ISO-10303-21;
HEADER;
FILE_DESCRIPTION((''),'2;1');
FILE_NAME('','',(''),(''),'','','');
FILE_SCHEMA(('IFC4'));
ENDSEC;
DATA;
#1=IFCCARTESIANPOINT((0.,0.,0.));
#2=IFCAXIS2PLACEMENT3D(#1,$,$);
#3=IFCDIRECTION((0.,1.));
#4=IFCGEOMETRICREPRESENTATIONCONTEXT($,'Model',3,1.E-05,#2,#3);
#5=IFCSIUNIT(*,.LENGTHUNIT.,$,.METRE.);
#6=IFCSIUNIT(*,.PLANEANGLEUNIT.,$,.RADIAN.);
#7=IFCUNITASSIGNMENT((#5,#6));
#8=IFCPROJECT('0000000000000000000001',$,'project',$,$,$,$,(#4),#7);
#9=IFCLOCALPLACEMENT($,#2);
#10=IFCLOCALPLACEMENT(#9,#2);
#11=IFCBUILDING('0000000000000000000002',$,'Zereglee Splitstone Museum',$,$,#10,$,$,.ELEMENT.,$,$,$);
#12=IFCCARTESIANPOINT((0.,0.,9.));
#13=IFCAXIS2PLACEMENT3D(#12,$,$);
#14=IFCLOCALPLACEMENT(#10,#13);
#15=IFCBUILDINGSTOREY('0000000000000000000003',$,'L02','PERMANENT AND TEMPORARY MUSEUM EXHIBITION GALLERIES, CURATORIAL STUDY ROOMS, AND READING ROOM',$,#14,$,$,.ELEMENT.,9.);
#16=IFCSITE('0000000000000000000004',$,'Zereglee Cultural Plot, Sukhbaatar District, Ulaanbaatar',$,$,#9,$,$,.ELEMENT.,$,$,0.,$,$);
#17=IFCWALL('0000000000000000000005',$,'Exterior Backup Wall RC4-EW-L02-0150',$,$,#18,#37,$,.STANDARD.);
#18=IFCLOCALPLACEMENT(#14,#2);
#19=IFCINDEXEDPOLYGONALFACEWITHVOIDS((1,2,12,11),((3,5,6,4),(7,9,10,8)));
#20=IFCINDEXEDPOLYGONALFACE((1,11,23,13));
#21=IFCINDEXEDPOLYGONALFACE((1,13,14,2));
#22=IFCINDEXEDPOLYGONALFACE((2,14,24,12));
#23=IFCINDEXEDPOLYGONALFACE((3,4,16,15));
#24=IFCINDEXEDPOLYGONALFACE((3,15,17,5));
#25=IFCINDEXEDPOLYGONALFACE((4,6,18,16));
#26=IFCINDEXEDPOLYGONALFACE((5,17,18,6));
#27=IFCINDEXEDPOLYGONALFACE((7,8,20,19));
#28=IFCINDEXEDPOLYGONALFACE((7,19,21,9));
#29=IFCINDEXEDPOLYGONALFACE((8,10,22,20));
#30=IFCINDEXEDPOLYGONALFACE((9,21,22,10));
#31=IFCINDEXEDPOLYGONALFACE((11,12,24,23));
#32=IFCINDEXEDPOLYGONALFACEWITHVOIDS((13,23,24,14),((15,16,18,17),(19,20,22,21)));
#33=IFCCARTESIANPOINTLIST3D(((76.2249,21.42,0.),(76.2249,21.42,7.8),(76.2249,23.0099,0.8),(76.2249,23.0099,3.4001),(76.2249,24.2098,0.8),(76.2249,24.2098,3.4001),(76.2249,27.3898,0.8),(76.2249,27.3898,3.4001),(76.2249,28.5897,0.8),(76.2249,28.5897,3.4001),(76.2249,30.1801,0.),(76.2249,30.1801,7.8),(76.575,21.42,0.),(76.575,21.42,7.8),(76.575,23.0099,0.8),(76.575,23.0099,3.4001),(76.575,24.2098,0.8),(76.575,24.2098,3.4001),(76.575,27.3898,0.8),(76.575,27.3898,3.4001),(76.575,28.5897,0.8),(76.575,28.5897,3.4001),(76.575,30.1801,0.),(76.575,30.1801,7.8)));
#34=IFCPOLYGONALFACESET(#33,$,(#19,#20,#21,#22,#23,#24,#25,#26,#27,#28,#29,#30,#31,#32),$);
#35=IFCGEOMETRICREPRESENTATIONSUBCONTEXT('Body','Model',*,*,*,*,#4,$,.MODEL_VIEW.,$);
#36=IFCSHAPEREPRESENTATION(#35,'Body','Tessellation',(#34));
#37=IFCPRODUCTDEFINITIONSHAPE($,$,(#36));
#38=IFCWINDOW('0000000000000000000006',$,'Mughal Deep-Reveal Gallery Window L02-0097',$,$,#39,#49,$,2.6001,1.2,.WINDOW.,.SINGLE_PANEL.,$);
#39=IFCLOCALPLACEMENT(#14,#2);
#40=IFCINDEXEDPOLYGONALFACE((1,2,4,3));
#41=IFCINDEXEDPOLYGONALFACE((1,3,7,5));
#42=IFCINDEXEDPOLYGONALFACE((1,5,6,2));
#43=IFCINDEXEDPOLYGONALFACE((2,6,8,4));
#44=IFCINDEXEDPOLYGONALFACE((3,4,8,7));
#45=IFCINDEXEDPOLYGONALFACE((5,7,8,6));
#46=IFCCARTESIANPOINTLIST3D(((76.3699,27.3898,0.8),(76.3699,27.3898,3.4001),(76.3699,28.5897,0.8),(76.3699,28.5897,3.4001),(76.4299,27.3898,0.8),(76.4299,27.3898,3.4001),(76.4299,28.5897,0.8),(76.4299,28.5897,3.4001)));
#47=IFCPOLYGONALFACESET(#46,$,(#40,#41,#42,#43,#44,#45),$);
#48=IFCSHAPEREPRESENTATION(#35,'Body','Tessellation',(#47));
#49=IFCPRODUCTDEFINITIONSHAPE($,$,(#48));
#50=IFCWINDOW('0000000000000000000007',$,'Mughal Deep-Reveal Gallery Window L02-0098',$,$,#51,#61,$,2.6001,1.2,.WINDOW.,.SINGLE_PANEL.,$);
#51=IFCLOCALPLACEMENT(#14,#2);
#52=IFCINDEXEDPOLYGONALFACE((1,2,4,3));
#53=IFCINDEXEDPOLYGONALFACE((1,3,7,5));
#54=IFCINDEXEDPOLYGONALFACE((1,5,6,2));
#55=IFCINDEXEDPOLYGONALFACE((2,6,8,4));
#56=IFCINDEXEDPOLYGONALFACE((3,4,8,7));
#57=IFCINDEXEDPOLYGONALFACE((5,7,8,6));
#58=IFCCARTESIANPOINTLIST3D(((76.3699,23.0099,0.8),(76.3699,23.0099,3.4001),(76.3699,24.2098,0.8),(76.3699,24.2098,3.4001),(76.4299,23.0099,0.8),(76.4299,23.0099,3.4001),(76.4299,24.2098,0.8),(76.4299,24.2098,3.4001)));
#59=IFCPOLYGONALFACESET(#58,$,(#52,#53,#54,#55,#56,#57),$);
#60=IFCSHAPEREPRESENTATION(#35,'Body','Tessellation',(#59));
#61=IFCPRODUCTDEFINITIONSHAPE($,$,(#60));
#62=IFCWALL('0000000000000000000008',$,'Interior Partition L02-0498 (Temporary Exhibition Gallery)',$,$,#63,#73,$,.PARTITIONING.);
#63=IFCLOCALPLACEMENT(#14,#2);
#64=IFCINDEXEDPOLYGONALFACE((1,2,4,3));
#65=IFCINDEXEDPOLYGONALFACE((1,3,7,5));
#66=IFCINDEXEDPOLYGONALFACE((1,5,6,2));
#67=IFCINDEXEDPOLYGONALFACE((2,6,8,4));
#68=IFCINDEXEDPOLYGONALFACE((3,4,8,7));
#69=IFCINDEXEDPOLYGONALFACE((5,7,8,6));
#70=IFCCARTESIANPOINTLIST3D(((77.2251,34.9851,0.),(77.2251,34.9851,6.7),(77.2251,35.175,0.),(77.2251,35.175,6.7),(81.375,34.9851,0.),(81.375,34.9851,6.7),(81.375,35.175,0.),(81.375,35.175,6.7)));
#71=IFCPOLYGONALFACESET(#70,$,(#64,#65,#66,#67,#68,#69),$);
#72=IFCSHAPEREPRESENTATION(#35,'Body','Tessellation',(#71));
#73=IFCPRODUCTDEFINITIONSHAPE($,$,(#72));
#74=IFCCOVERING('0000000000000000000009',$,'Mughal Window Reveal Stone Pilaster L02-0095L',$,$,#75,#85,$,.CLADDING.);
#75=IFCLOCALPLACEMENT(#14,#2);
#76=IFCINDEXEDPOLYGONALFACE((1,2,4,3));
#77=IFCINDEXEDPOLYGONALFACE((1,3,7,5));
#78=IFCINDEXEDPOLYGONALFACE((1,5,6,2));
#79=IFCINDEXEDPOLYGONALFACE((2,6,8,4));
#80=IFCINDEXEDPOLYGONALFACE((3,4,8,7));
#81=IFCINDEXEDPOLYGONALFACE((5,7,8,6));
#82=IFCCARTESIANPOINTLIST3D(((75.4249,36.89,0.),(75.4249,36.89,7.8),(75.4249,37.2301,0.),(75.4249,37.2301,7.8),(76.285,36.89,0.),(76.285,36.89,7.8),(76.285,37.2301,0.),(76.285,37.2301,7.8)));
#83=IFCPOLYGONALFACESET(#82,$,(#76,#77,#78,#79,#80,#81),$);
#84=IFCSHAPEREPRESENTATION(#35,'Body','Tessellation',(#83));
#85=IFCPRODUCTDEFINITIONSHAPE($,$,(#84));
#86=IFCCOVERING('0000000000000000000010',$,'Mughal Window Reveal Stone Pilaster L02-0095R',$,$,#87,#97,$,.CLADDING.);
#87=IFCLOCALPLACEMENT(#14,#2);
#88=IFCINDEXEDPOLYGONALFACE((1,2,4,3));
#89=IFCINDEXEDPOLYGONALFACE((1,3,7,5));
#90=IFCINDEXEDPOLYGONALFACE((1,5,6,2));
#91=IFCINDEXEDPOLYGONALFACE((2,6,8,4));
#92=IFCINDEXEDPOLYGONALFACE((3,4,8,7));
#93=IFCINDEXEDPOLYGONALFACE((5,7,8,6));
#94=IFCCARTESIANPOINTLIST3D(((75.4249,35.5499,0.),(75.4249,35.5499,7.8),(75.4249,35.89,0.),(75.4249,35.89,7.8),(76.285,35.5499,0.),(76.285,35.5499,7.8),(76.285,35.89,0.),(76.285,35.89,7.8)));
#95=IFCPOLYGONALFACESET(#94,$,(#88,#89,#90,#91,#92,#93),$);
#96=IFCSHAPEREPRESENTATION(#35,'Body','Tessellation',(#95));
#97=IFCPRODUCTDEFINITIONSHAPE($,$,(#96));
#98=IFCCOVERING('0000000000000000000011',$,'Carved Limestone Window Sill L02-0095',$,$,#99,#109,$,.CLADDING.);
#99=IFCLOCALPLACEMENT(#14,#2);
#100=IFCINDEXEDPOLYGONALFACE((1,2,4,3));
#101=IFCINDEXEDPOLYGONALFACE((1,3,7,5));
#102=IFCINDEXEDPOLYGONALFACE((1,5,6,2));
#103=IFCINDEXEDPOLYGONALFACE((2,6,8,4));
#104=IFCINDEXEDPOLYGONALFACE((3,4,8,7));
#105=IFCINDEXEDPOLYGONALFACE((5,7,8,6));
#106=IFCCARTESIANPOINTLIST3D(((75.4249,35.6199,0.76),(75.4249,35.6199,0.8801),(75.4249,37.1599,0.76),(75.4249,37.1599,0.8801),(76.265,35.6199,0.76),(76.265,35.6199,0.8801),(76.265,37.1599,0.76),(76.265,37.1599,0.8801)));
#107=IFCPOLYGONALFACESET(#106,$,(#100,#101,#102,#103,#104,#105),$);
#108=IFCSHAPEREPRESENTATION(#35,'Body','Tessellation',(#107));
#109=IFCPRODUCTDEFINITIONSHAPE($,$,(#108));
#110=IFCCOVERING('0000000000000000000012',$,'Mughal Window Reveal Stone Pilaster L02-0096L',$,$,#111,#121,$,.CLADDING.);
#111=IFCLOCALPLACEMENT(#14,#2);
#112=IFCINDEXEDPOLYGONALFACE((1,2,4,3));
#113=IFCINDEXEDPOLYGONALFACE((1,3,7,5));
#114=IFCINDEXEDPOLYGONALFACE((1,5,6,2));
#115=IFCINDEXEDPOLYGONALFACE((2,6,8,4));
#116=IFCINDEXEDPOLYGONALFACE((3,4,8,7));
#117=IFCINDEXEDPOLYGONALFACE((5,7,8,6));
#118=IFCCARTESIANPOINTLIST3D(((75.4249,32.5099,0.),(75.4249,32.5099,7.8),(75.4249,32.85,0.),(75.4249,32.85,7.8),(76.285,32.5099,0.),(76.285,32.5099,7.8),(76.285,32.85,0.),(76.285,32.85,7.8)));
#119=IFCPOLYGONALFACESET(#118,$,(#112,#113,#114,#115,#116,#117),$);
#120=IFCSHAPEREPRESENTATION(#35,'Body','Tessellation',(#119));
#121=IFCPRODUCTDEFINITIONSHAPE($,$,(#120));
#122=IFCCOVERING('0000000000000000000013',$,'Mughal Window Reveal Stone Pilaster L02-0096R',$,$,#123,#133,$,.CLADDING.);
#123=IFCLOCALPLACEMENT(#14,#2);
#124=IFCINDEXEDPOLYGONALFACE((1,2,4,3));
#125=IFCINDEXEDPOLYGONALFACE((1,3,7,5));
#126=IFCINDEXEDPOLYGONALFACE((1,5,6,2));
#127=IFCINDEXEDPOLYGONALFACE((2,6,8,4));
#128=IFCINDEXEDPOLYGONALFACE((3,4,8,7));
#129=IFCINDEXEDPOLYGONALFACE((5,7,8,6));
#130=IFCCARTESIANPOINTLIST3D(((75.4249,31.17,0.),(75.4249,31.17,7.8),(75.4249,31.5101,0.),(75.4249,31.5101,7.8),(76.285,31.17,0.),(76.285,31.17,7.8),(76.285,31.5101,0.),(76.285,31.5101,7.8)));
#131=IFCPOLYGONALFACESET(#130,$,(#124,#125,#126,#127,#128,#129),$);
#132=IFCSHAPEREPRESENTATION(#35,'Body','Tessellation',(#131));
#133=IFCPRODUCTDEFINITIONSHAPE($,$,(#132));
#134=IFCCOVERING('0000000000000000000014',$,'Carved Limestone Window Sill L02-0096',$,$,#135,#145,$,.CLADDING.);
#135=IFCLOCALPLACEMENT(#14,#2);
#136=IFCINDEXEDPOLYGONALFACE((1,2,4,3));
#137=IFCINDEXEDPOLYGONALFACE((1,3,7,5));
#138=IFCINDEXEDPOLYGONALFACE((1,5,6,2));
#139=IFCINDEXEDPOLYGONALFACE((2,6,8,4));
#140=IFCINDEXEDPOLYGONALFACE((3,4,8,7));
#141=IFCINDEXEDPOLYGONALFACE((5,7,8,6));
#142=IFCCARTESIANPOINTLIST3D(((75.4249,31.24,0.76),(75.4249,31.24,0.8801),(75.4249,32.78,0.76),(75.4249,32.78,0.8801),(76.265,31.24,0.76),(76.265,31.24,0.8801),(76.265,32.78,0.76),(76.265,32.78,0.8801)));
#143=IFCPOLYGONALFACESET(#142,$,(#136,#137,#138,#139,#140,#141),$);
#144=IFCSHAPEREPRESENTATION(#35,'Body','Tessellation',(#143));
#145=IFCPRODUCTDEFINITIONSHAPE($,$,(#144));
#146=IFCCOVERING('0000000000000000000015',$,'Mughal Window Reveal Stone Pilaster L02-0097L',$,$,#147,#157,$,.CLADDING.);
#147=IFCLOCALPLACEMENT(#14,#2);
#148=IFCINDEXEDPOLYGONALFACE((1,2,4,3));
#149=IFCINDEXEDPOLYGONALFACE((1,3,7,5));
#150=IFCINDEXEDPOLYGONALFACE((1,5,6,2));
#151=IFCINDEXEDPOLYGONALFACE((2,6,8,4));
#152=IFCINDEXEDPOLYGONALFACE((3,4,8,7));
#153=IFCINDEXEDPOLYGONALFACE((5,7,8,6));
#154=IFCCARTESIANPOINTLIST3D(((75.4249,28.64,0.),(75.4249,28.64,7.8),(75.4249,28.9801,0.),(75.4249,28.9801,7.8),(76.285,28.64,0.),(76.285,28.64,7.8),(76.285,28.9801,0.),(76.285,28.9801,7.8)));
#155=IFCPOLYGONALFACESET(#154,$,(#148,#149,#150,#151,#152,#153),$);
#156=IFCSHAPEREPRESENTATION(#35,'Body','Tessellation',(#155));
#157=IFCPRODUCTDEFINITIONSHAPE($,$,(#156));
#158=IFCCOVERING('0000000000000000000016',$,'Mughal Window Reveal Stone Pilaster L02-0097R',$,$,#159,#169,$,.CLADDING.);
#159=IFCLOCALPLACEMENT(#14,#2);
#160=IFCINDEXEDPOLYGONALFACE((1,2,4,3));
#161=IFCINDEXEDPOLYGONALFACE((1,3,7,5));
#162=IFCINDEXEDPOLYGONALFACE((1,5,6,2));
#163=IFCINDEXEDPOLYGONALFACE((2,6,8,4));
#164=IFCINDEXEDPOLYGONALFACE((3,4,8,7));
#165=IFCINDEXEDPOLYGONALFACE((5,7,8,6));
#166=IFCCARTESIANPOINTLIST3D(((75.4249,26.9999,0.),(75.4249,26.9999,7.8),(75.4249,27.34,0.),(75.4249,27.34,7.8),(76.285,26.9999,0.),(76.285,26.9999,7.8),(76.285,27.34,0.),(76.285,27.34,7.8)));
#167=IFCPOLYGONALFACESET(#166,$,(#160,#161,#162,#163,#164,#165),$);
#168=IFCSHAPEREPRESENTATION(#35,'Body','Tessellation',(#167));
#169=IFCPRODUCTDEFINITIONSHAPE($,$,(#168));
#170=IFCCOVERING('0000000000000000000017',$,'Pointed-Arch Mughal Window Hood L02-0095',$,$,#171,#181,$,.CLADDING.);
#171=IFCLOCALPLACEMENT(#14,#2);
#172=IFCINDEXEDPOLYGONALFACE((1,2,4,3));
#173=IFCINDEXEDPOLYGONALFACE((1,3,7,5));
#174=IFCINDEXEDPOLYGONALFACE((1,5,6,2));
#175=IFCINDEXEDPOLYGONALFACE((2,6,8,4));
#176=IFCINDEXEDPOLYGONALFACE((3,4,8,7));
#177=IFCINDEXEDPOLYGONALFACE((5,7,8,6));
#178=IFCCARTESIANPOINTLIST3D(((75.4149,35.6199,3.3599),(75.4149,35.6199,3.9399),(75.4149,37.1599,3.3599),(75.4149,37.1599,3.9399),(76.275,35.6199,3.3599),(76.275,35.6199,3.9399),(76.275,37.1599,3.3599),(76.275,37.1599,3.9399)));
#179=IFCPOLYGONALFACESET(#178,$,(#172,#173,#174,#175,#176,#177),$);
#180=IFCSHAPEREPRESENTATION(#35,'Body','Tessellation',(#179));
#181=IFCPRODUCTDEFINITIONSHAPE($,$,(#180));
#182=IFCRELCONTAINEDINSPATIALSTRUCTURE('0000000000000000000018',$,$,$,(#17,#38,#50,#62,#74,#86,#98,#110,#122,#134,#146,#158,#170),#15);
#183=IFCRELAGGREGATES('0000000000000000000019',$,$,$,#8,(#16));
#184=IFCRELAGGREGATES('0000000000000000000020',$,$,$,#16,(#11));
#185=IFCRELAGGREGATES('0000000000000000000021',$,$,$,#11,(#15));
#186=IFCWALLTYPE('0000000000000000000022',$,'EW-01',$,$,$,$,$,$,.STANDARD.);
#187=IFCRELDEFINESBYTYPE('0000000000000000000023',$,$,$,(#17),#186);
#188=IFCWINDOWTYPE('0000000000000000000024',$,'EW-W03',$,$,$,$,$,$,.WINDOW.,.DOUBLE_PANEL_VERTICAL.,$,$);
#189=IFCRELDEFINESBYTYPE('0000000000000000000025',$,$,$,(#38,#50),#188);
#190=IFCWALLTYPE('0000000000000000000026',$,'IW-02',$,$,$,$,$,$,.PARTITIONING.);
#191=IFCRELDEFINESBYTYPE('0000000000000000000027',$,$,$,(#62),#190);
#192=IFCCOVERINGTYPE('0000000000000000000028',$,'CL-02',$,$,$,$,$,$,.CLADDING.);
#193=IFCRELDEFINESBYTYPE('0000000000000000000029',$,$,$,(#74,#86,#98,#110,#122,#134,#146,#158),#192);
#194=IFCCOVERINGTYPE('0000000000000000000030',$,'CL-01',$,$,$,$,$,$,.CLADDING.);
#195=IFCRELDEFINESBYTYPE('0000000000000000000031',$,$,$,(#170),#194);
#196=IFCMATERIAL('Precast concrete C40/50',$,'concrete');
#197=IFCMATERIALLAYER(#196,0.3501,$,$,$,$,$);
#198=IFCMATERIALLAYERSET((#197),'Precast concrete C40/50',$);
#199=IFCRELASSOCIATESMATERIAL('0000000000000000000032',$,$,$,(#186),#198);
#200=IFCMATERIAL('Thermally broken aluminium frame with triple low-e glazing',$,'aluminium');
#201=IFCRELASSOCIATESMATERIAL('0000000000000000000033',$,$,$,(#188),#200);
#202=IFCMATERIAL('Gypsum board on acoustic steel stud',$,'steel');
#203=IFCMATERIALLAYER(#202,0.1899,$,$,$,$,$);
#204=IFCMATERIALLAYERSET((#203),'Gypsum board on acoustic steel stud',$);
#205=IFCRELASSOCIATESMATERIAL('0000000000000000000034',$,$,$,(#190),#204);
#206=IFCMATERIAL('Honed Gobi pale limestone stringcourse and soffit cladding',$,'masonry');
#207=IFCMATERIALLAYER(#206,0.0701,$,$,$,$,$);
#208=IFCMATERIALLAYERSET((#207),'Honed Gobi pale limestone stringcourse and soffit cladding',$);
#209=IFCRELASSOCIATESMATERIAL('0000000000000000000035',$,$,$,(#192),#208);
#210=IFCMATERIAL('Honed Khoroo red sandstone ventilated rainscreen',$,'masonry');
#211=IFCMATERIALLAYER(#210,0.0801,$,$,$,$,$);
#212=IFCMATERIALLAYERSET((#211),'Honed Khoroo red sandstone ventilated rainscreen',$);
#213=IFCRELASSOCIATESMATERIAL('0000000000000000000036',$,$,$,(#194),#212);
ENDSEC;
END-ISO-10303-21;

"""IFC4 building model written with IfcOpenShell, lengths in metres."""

from ifc_helpers import new_model, si_unit, direction, frame, frame_2d, origin, origin_2d, place, context, subcontext, project, spatial, rectangle, extrude, material, layer, layer_set, type_object, element, fill, save


model = new_model("IFC4")

# Units and contexts
model_context = context("Model", 3, precision=1e-05, world=origin(), true_north=direction((0.0, 1.0)))
body_context = subcontext(model_context, "Body", "Model", "MODEL_VIEW")
ifc_project = project(units=[si_unit("LENGTHUNIT", "METRE"), si_unit("PLANEANGLEUNIT", "RADIAN")], contexts=[model_context])

# Site, building, storey
site_placement = place(None, origin())
site = spatial("IfcSite", under=ifc_project, at=site_placement, Name="Zereglee Cultural Plot, Sukhbaatar District, Ulaanbaatar", CompositionType="ELEMENT", RefElevation=0.0)
building_placement = place(site_placement, origin())
building = spatial("IfcBuilding", under=site, at=building_placement, Name="Zereglee Splitstone Museum", CompositionType="ELEMENT")
storey_placement = place(building_placement, frame((0.0, 0.0, 9.0)))
storey = spatial("IfcBuildingStorey", under=building, at=storey_placement, Name="L02", Description="PERMANENT AND TEMPORARY MUSEUM EXHIBITION GALLERIES, CURATORIAL STUDY ROOMS, AND READING ROOM", CompositionType="ELEMENT", Elevation=9.0)

# Wall, openings, windows
ifc_material_1 = material(Name="Precast concrete C40/50", Category="concrete")
ifc_layer_1 = layer(ifc_material_1, 0.3501)
ifc_layer_set_1 = layer_set([ifc_layer_1], Name="Precast concrete C40/50")
wall_type_1 = type_object("IfcWallType", Name="EW-01", PredefinedType="STANDARD", material=ifc_layer_set_1)
wall_1_placement = place(storey_placement, frame((76.3999, 30.1799, 0.0), z_axis=(0.0, 0.0, 1.0), x_axis=(0.0, -1.0, 0.0)))
wall_1 = element("IfcWall", 1, at=wall_1_placement, inside=storey, type_object=wall_type_1, Name="Exterior Backup Wall RC4-EW-L02-0150", PredefinedType="STANDARD", context=body_context, shape_type="SweptSolid", body=[
    extrude(rectangle(XDim=8.76, YDim=0.3501, at=frame_2d((4.3799, 0.0))), origin(), (0.0, 0.0, 1.0), 7.8),
])
opening_1_placement = place(wall_1_placement, frame((1.5901, 0.0, 0.8)))
opening_1 = element("IfcOpeningElement", 2, at=opening_1_placement, cuts=wall_1, PredefinedType="OPENING", context=body_context, shape_type="SweptSolid", body=[
    extrude(rectangle(XDim=1.2, YDim=2.6001, at=frame_2d((0.6001, 1.3))), frame((0.0, 0.1899, 0.0), z_axis=(0.0, -1.0, 0.0), x_axis=(1.0, 0.0, 0.0)), (0.0, 0.0, 1.0), 0.3799),
])
opening_2_placement = place(wall_1_placement, frame((5.97, 0.0, 0.8)))
opening_2 = element("IfcOpeningElement", 3, at=opening_2_placement, cuts=wall_1, PredefinedType="OPENING", context=body_context, shape_type="SweptSolid", body=[
    extrude(rectangle(XDim=1.2, YDim=2.6001, at=frame_2d((0.6001, 1.3))), frame((0.0, 0.1899, 0.0), z_axis=(0.0, -1.0, 0.0), x_axis=(1.0, 0.0, 0.0)), (0.0, 0.0, 1.0), 0.3799),
])
ifc_material_2 = material(Name="Thermally broken aluminium frame with triple low-e glazing", Category="aluminium")
window_type = type_object("IfcWindowType", Name="EW-W03", PartitioningType="DOUBLE_PANEL_VERTICAL", PredefinedType="WINDOW", material=ifc_material_2)
window_1_placement = place(opening_1_placement, origin())
window_1 = element("IfcWindow", 4, at=window_1_placement, inside=storey, type_object=window_type, Name="Mughal Deep-Reveal Gallery Window L02-0097", OverallHeight=2.6001, OverallWidth=1.2, PartitioningType="SINGLE_PANEL", PredefinedType="WINDOW", context=body_context, shape_type="SweptSolid", body=[
    extrude(rectangle(XDim=1.2, YDim=2.6001, at=frame_2d((0.6001, 1.3))), frame((0.0, 0.03, 0.0), z_axis=(0.0, -1.0, 0.0), x_axis=(1.0, 0.0, 0.0)), (0.0, 0.0, 1.0), 0.0601),
])
fill(opening_1, window_1)
window_2_placement = place(opening_2_placement, origin())
window_2 = element("IfcWindow", 5, at=window_2_placement, inside=storey, type_object=window_type, Name="Mughal Deep-Reveal Gallery Window L02-0098", OverallHeight=2.6001, OverallWidth=1.2, PartitioningType="SINGLE_PANEL", PredefinedType="WINDOW", context=body_context, shape_type="SweptSolid", body=[
    extrude(rectangle(XDim=1.2, YDim=2.6001, at=frame_2d((0.6001, 1.3))), frame((0.0, 0.03, 0.0), z_axis=(0.0, -1.0, 0.0), x_axis=(1.0, 0.0, 0.0)), (0.0, 0.0, 1.0), 0.0601),
])
fill(opening_2, window_2)

# Wall
ifc_material_3 = material(Name="Gypsum board on acoustic steel stud", Category="steel")
ifc_layer_2 = layer(ifc_material_3, 0.1899)
ifc_layer_set_2 = layer_set([ifc_layer_2], Name="Gypsum board on acoustic steel stud")
wall_type_2 = type_object("IfcWallType", Name="IW-02", PredefinedType="PARTITIONING", material=ifc_layer_set_2)
wall_2_placement = place(storey_placement, frame((77.2251, 35.0801, 0.0), z_axis=(0.0, 0.0, 1.0), x_axis=(1.0, 0.0, 0.0)))
element("IfcWall", 6, at=wall_2_placement, inside=storey, type_object=wall_type_2, Name="Interior Partition L02-0498 (Temporary Exhibition Gallery)", PredefinedType="PARTITIONING", context=body_context, shape_type="SweptSolid", body=[
    extrude(rectangle(XDim=4.1499, YDim=0.1899, at=frame_2d((2.075, 0.0))), origin(), (0.0, 0.0, 1.0), 6.7),
])

# Coverings
ifc_material_4 = material(Name="Honed Gobi pale limestone stringcourse and soffit cladding", Category="masonry")
ifc_layer_3 = layer(ifc_material_4, 0.0701)
ifc_layer_set_3 = layer_set([ifc_layer_3], Name="Honed Gobi pale limestone stringcourse and soffit cladding")
covering_type_1 = type_object("IfcCoveringType", Name="CL-02", PredefinedType="CLADDING", material=ifc_layer_set_3)
for number, where, z_axis, x_axis, name in (
    (7, (75.855, 37.0601, 0.0), (0.0, 0.0, 1.0), (0.0, -1.0, 0.0), "Mughal Window Reveal Stone Pilaster L02-0095L"),
    (8, (75.855, 35.72, 0.0), (0.0, 0.0, 1.0), (0.0, -1.0, 0.0), "Mughal Window Reveal Stone Pilaster L02-0095R"),
):
    element("IfcCovering", number, at=place(storey_placement, frame(where, z_axis=z_axis, x_axis=x_axis)), inside=storey, type_object=covering_type_1, Name=name, PredefinedType="CLADDING", context=body_context, shape_type="SweptSolid", body=[
        extrude(rectangle(XDim=0.3401, YDim=0.8601, at=origin_2d()), origin(), (0.0, 0.0, 1.0), 7.8),
    ])
covering_1_placement = place(storey_placement, frame((75.845, 36.3899, 0.76), z_axis=(0.0, 0.0, 1.0), x_axis=(0.0, -1.0, 0.0)))
element("IfcCovering", 9, at=covering_1_placement, inside=storey, type_object=covering_type_1, Name="Carved Limestone Window Sill L02-0095", PredefinedType="CLADDING", context=body_context, shape_type="SweptSolid", body=[
    extrude(rectangle(XDim=1.54, YDim=0.8401, at=origin_2d()), origin(), (0.0, 0.0, 1.0), 0.1201),
])
for number, where, z_axis, x_axis, name in (
    (10, (75.855, 32.6799, 0.0), (0.0, 0.0, 1.0), (0.0, -1.0, 0.0), "Mughal Window Reveal Stone Pilaster L02-0096L"),
    (11, (75.855, 31.3401, 0.0), (0.0, 0.0, 1.0), (0.0, -1.0, 0.0), "Mughal Window Reveal Stone Pilaster L02-0096R"),
):
    element("IfcCovering", number, at=place(storey_placement, frame(where, z_axis=z_axis, x_axis=x_axis)), inside=storey, type_object=covering_type_1, Name=name, PredefinedType="CLADDING", context=body_context, shape_type="SweptSolid", body=[
        extrude(rectangle(XDim=0.3401, YDim=0.8601, at=origin_2d()), origin(), (0.0, 0.0, 1.0), 7.8),
    ])
covering_2_placement = place(storey_placement, frame((75.845, 32.01, 0.76), z_axis=(0.0, 0.0, 1.0), x_axis=(0.0, -1.0, 0.0)))
element("IfcCovering", 12, at=covering_2_placement, inside=storey, type_object=covering_type_1, Name="Carved Limestone Window Sill L02-0096", PredefinedType="CLADDING", context=body_context, shape_type="SweptSolid", body=[
    extrude(rectangle(XDim=1.54, YDim=0.8401, at=origin_2d()), origin(), (0.0, 0.0, 1.0), 0.1201),
])
for number, where, z_axis, x_axis, name in (
    (13, (75.855, 28.8101, 0.0), (0.0, 0.0, 1.0), (0.0, -1.0, 0.0), "Mughal Window Reveal Stone Pilaster L02-0097L"),
    (14, (75.855, 27.1699, 0.0), (0.0, 0.0, 1.0), (0.0, -1.0, 0.0), "Mughal Window Reveal Stone Pilaster L02-0097R"),
):
    element("IfcCovering", number, at=place(storey_placement, frame(where, z_axis=z_axis, x_axis=x_axis)), inside=storey, type_object=covering_type_1, Name=name, PredefinedType="CLADDING", context=body_context, shape_type="SweptSolid", body=[
        extrude(rectangle(XDim=0.3401, YDim=0.8601, at=origin_2d()), origin(), (0.0, 0.0, 1.0), 7.8),
    ])
ifc_material_5 = material(Name="Honed Khoroo red sandstone ventilated rainscreen", Category="masonry")
ifc_layer_4 = layer(ifc_material_5, 0.0801)
ifc_layer_set_4 = layer_set([ifc_layer_4], Name="Honed Khoroo red sandstone ventilated rainscreen")
covering_type_2 = type_object("IfcCoveringType", Name="CL-01", PredefinedType="CLADDING", material=ifc_layer_set_4)
covering_3_placement = place(storey_placement, frame((75.845, 36.3899, 3.3599), z_axis=(0.0, 0.0, 1.0), x_axis=(0.0, -1.0, 0.0)))
element("IfcCovering", 15, at=covering_3_placement, inside=storey, type_object=covering_type_2, Name="Pointed-Arch Mughal Window Hood L02-0095", PredefinedType="CLADDING", context=body_context, shape_type="SweptSolid", body=[
    extrude(rectangle(XDim=1.54, YDim=0.8601, at=origin_2d()), origin(), (0.0, 0.0, 1.0), 0.5801),
])

save(model, "model.ifc")
